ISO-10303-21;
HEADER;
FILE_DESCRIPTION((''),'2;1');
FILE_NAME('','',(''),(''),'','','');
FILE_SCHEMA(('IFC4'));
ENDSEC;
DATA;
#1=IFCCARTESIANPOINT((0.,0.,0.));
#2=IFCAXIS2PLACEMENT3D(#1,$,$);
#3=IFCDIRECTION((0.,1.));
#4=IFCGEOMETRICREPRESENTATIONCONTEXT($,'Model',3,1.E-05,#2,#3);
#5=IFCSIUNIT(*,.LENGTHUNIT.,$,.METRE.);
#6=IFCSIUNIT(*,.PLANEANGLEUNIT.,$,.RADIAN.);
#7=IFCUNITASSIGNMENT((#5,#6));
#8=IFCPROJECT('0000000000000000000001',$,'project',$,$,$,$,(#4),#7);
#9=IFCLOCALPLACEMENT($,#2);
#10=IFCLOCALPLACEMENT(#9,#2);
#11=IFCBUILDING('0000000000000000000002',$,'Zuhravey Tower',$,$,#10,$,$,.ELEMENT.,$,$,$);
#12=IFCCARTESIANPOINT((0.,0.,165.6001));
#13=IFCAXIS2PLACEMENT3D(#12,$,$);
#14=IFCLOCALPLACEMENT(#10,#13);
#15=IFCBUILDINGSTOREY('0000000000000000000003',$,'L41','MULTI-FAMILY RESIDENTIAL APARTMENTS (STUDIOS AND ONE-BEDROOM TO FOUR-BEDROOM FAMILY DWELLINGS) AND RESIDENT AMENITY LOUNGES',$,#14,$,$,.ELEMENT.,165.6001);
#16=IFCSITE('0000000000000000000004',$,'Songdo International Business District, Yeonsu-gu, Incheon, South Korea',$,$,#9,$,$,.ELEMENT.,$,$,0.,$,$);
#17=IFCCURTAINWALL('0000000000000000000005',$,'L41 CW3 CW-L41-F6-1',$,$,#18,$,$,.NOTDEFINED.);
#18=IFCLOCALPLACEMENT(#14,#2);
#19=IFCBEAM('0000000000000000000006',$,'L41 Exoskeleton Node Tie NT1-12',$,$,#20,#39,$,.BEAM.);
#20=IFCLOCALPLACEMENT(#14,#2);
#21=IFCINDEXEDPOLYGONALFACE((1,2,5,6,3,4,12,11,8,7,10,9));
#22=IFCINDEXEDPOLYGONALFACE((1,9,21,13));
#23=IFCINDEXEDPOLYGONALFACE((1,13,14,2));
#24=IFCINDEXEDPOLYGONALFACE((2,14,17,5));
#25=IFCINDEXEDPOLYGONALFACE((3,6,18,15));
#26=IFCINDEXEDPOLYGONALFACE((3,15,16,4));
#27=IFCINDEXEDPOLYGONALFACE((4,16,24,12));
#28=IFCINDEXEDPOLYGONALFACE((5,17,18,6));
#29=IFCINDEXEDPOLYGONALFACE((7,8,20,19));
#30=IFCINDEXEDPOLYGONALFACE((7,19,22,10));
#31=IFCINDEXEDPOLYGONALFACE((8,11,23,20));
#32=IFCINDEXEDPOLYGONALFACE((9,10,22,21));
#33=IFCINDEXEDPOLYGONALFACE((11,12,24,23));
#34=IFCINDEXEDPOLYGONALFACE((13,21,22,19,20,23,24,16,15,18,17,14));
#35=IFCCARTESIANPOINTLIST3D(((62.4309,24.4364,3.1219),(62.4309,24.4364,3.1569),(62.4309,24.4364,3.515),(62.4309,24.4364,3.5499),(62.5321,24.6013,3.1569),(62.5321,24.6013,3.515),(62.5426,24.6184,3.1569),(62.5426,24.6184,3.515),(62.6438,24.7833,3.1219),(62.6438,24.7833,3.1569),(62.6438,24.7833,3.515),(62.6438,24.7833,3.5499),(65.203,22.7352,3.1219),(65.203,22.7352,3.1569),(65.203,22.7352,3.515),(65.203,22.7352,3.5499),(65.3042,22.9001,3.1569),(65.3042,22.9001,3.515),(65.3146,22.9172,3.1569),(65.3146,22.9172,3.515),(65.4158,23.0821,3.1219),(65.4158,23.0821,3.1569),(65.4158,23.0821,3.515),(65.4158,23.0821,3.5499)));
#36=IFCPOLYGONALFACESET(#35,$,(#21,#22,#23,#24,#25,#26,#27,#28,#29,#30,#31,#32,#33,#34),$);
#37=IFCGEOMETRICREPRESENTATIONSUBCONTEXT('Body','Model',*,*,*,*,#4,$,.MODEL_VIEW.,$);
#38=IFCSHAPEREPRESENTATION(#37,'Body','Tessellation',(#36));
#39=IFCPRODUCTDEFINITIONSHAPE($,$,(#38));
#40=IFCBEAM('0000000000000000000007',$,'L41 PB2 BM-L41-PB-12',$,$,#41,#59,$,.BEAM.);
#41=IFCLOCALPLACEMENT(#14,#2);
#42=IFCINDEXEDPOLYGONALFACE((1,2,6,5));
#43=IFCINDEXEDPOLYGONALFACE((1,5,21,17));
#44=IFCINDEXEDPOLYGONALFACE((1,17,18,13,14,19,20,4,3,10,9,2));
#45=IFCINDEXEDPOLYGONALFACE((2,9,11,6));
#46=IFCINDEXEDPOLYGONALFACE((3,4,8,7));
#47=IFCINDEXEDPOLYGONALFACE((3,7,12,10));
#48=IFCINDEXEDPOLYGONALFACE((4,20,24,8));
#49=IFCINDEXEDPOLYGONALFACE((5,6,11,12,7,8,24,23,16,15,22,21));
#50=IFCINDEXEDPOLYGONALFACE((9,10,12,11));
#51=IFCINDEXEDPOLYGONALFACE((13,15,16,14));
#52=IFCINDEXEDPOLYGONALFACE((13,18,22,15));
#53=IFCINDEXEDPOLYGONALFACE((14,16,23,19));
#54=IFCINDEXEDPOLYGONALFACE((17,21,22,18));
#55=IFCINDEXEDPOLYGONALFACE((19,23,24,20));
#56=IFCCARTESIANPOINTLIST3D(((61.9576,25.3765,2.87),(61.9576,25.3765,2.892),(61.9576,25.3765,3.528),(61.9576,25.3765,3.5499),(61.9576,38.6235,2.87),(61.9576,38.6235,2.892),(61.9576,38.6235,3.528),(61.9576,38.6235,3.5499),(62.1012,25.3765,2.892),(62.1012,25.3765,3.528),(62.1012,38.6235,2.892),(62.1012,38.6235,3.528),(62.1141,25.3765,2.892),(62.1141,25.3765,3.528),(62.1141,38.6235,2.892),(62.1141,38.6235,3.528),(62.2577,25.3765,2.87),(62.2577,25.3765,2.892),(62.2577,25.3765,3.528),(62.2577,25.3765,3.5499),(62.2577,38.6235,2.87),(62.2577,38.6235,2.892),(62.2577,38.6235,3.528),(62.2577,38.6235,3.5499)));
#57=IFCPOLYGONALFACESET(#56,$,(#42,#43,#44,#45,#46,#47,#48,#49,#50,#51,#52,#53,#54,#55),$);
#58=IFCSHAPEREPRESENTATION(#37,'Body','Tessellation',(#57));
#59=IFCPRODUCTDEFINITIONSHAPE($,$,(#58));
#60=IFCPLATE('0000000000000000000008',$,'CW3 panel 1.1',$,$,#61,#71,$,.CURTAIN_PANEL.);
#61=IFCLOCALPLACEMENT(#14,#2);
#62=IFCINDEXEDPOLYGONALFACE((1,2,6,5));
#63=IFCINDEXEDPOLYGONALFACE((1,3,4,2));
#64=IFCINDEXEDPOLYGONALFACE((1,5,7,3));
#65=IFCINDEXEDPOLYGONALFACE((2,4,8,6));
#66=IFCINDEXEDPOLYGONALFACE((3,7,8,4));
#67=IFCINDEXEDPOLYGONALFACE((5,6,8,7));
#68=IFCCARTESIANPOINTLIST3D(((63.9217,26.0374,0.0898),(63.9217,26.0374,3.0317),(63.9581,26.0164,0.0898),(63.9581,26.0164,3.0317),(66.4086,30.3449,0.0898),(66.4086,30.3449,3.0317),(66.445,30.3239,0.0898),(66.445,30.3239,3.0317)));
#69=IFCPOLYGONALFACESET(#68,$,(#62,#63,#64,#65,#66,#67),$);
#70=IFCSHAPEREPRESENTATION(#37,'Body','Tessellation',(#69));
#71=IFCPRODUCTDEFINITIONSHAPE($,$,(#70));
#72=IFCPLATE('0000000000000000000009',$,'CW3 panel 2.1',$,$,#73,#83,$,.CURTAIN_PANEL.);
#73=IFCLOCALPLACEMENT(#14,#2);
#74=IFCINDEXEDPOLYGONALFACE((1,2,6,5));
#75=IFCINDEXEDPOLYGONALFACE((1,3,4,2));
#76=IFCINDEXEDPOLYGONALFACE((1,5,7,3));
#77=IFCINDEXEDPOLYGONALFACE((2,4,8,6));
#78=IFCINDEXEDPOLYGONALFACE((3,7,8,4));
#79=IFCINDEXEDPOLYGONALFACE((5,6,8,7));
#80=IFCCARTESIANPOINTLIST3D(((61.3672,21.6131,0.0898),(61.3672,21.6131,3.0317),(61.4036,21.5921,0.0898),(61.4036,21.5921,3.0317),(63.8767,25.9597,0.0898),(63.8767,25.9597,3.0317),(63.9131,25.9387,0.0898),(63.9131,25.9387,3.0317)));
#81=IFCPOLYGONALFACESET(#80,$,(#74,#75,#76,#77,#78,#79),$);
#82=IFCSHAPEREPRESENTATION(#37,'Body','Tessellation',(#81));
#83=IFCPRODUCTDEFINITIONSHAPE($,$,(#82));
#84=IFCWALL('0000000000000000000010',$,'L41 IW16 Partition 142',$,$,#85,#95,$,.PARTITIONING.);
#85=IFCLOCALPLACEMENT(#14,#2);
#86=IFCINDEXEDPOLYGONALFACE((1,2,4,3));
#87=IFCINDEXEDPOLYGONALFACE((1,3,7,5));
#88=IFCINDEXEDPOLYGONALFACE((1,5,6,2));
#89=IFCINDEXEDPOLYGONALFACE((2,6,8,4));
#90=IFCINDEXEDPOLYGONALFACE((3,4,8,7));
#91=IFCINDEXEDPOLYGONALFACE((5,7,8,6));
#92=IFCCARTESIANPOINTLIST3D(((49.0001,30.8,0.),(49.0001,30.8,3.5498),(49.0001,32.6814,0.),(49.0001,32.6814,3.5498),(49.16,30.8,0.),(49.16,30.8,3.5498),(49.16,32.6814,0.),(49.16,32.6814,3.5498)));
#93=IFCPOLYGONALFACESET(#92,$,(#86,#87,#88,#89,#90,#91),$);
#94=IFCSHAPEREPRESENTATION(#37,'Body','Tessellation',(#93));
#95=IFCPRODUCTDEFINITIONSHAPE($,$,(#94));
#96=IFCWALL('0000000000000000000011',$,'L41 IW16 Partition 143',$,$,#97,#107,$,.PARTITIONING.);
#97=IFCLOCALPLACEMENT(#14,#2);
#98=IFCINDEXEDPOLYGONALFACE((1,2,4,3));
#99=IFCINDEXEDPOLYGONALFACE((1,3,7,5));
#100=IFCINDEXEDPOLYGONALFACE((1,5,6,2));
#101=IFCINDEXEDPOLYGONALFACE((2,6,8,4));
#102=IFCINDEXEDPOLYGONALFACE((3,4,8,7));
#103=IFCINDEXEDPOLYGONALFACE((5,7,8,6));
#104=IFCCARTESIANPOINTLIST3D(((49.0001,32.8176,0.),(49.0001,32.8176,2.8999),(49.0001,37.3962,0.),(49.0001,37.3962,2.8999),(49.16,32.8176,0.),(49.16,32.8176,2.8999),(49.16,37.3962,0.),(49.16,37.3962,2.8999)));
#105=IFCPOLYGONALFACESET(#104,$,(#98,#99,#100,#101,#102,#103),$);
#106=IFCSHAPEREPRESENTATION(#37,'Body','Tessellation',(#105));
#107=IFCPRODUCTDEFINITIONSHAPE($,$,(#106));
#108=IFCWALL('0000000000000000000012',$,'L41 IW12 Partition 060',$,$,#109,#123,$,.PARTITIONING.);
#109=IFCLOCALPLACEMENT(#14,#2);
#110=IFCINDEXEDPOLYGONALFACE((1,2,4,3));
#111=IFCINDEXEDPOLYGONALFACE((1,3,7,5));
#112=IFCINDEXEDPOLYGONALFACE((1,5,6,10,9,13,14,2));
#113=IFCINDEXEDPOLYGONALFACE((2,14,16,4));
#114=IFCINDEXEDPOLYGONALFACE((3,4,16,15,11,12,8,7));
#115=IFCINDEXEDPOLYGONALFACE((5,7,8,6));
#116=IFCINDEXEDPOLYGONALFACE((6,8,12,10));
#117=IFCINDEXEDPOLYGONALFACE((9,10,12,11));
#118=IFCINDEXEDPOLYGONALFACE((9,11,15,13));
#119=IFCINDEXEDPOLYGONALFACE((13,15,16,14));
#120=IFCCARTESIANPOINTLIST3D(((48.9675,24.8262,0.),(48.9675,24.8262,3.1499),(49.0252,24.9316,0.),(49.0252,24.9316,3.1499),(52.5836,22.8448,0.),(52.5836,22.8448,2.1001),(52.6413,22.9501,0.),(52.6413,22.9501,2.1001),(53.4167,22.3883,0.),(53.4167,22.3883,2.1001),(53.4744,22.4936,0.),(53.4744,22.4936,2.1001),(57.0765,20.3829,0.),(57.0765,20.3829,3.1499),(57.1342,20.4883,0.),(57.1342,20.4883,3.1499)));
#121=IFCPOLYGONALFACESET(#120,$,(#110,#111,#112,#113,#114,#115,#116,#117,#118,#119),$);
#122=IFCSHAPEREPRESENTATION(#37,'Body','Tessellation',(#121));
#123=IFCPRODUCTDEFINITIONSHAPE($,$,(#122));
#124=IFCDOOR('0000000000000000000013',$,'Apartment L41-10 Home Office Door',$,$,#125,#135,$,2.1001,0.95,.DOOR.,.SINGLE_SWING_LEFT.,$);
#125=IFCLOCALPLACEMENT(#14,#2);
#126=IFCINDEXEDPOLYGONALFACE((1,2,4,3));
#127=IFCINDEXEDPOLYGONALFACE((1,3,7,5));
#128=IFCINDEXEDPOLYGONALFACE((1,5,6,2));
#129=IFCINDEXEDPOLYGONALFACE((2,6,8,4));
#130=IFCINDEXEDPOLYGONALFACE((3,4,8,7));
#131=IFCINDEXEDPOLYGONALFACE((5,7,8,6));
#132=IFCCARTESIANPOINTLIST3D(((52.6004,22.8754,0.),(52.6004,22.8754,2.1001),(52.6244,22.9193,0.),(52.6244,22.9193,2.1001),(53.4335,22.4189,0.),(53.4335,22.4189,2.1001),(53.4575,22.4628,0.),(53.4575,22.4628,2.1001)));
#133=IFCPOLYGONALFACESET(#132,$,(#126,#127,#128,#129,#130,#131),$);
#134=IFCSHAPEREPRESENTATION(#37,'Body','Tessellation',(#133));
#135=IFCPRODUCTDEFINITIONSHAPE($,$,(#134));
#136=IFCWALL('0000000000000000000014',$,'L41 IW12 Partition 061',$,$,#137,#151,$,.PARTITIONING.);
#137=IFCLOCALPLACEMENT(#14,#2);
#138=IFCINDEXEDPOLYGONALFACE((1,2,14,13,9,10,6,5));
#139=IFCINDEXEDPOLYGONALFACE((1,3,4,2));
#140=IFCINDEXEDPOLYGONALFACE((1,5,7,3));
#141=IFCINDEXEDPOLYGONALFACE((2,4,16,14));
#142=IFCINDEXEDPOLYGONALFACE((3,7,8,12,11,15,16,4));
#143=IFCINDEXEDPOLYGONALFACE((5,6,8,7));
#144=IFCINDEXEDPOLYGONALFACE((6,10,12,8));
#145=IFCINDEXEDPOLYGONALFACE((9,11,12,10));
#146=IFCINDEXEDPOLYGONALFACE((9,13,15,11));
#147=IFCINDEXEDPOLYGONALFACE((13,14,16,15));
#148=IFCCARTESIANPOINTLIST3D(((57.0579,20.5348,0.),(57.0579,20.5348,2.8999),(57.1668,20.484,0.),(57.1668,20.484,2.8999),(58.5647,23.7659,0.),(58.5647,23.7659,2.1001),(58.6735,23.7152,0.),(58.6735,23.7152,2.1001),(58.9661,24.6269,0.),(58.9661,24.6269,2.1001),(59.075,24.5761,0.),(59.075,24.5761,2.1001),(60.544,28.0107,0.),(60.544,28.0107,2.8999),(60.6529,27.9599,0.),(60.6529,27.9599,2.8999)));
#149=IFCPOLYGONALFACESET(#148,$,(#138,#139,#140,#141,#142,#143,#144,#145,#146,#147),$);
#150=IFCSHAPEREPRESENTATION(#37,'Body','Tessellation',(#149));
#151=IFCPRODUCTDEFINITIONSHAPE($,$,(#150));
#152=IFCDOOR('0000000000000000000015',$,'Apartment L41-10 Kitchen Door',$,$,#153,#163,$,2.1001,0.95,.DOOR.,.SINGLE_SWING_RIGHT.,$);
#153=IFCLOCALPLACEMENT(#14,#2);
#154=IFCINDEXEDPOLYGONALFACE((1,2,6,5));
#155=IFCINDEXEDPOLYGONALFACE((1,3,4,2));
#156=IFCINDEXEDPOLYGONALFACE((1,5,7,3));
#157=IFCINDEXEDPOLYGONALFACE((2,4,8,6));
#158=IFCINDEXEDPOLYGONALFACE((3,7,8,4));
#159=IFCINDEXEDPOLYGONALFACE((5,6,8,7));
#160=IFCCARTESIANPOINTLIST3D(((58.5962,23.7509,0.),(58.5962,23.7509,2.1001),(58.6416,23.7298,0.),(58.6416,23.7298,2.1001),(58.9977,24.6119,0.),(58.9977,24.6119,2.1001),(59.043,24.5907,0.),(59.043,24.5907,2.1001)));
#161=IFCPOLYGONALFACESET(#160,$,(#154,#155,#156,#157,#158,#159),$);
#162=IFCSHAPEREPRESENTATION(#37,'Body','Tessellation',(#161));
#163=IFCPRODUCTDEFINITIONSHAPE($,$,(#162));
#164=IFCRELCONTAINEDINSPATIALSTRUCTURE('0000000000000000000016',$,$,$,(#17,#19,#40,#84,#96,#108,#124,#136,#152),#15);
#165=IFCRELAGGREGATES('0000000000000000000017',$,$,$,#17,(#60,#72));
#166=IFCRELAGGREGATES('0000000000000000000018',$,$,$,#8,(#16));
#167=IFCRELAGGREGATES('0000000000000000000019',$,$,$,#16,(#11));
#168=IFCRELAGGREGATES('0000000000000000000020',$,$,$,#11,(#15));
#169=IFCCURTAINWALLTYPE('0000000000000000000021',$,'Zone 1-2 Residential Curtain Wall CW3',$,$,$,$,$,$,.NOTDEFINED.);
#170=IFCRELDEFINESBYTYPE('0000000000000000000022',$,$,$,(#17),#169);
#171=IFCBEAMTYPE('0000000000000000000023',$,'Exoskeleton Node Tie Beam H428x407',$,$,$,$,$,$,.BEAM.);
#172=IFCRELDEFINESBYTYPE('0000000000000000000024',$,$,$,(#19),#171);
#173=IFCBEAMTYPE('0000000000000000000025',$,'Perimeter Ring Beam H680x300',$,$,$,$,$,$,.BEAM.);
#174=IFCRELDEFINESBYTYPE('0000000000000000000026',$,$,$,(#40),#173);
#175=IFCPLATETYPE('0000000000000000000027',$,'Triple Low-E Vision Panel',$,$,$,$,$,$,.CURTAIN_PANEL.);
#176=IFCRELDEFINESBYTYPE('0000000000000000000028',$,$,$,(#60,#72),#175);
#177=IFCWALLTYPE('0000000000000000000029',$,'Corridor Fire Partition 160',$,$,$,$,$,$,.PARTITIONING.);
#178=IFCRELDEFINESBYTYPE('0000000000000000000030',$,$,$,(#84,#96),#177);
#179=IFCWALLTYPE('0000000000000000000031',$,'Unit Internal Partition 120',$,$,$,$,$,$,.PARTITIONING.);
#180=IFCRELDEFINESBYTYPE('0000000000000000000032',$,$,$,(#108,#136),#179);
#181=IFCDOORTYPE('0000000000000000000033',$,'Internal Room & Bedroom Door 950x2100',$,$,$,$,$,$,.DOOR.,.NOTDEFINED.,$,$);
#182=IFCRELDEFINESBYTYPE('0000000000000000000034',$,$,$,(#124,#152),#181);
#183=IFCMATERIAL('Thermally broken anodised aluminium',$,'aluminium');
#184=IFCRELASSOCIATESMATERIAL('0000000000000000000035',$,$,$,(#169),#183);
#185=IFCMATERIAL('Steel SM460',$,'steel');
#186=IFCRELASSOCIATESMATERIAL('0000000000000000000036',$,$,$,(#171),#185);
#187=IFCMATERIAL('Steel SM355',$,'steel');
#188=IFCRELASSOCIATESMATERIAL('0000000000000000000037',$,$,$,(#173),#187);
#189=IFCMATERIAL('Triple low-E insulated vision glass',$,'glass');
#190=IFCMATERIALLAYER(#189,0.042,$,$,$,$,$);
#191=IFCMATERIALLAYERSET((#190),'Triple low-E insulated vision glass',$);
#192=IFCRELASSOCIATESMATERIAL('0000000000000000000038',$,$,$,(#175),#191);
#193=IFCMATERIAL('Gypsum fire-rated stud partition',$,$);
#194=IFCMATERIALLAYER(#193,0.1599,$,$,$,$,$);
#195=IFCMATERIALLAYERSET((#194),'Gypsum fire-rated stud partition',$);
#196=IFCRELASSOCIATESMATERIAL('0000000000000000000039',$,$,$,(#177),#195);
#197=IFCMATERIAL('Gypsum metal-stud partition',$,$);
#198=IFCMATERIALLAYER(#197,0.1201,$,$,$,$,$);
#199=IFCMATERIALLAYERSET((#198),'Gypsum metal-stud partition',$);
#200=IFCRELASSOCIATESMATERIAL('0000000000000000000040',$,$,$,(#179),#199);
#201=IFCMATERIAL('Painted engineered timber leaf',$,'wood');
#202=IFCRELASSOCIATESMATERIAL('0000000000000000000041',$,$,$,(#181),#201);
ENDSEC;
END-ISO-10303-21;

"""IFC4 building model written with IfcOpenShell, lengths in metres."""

from ifc_helpers import new_model, si_unit, direction, frame, frame_2d, origin, origin_2d, place, context, subcontext, project, spatial, rectangle, i_section, extrude, material, layer, layer_set, material_profile, profile_set, type_object, element, fill, aggregate, save


model = new_model("IFC4")

# Units and contexts
model_context = context("Model", 3, precision=1e-05, world=origin(), true_north=direction((0.0, 1.0)))
body_context = subcontext(model_context, "Body", "Model", "MODEL_VIEW")
ifc_project = project(units=[si_unit("LENGTHUNIT", "METRE"), si_unit("PLANEANGLEUNIT", "RADIAN")], contexts=[model_context])

# Site, building, storey
site_placement = place(None, origin())
site = spatial("IfcSite", under=ifc_project, at=site_placement, Name="Songdo International Business District, Yeonsu-gu, Incheon, South Korea", CompositionType="ELEMENT", RefElevation=0.0)
building_placement = place(site_placement, origin())
building = spatial("IfcBuilding", under=site, at=building_placement, Name="Zuhravey Tower", CompositionType="ELEMENT")
storey_placement = place(building_placement, frame((0.0, 0.0, 165.6001)))
storey = spatial("IfcBuildingStorey", under=building, at=storey_placement, Name="L41", Description="MULTI-FAMILY RESIDENTIAL APARTMENTS (STUDIOS AND ONE-BEDROOM TO FOUR-BEDROOM FAMILY DWELLINGS) AND RESIDENT AMENITY LOUNGES", CompositionType="ELEMENT", Elevation=165.6001)

# Curtain wall
ifc_material_1 = material(Name="Thermally broken anodised aluminium", Category="aluminium")
curtain_wall_type = type_object("IfcCurtainWallType", Name="Zone 1-2 Residential Curtain Wall CW3", PredefinedType="NOTDEFINED", material=ifc_material_1)
curtain_wall_placement = place(storey_placement, origin())
curtain_wall = element("IfcCurtainWall", 1, at=curtain_wall_placement, inside=storey, type_object=curtain_wall_type, Name="L41 CW3 CW-L41-F6-1", PredefinedType="NOTDEFINED")

# Beams
ifc_material_2 = material(Name="Steel SM460", Category="steel")
ifc_material_profile_1 = material_profile(ifc_material_2, i_section(OverallWidth=0.407, OverallDepth=0.428, WebThickness=0.02, FlangeThickness=0.0349, at=origin_2d()), Name="H-428x407x20x35")
ifc_profile_set_1 = profile_set([ifc_material_profile_1], Name="Steel SM460")
beam_type_1 = type_object("IfcBeamType", Name="Exoskeleton Node Tie Beam H428x407", PredefinedType="BEAM", material=ifc_profile_set_1)
beam_1_placement = place(storey_placement, frame((62.5374, 24.6099, 3.3359), z_axis=(0.852297, -0.523058, 0.0), x_axis=(0.523058, 0.852297, 0.0)))
element("IfcBeam", 2, at=beam_1_placement, inside=storey, type_object=beam_type_1, Name="L41 Exoskeleton Node Tie NT1-12", PredefinedType="BEAM", context=body_context, shape_type="SweptSolid", body=[
    extrude(i_section(OverallWidth=0.407, OverallDepth=0.428, WebThickness=0.02, FlangeThickness=0.0349, at=origin_2d()), origin(), (0.0, 0.0, 1.0), 3.2524),
])
ifc_material_3 = material(Name="Steel SM355", Category="steel")
ifc_material_profile_2 = material_profile(ifc_material_3, i_section(OverallWidth=0.3, OverallDepth=0.6799, WebThickness=0.0129, FlangeThickness=0.022, at=origin_2d()), Name="H-680x300x13x22")
ifc_profile_set_2 = profile_set([ifc_material_profile_2], Name="Steel SM355")
beam_type_2 = type_object("IfcBeamType", Name="Perimeter Ring Beam H680x300", PredefinedType="BEAM", material=ifc_profile_set_2)
beam_2_placement = place(storey_placement, frame((62.1077, 25.3765, 3.21), z_axis=(0.0, 1.0, 0.0), x_axis=(-1.0, 0.0, 0.0)))
element("IfcBeam", 3, at=beam_2_placement, inside=storey, type_object=beam_type_2, Name="L41 PB2 BM-L41-PB-12", PredefinedType="BEAM", context=body_context, shape_type="SweptSolid", body=[
    extrude(i_section(OverallWidth=0.3, OverallDepth=0.6799, WebThickness=0.0129, FlangeThickness=0.022, at=origin_2d()), origin(), (0.0, 0.0, 1.0), 13.2471),
])

# Plates
ifc_material_4 = material(Name="Triple low-E insulated vision glass", Category="glass")
ifc_layer_1 = layer(ifc_material_4, 0.042)
ifc_layer_set_1 = layer_set([ifc_layer_1], Name="Triple low-E insulated vision glass")
plate_type = type_object("IfcPlateType", Name="Triple Low-E Vision Panel", PredefinedType="CURTAIN_PANEL", material=ifc_layer_set_1)
plate_1_placement = place(storey_placement, frame((65.1833, 28.1807, 0.0898), z_axis=(0.0, 0.0, 1.0), x_axis=(-0.5, -0.866025, 0.0)))
plate_1 = element("IfcPlate", 4, at=plate_1_placement, type_object=plate_type, Name="CW3 panel 1.1", PredefinedType="CURTAIN_PANEL", context=body_context, shape_type="SweptSolid", body=[
    extrude(rectangle(XDim=4.9739, YDim=0.042, at=origin_2d()), origin(), (0.0, 0.0, 1.0), 2.9419),
])
plate_2_placement = place(storey_placement, frame((62.6401, 23.7759, 0.0898), z_axis=(0.0, 0.0, 1.0), x_axis=(-0.5, -0.866025, 0.0)))
plate_2 = element("IfcPlate", 5, at=plate_2_placement, type_object=plate_type, Name="CW3 panel 2.1", PredefinedType="CURTAIN_PANEL", context=body_context, shape_type="SweptSolid", body=[
    extrude(rectangle(XDim=5.019, YDim=0.042, at=origin_2d()), origin(), (0.0, 0.0, 1.0), 2.9419),
])
aggregate(curtain_wall, [plate_1, plate_2])

# Shared definitions
ifc_material_5 = material(Name="Gypsum fire-rated stud partition")
ifc_layer_2 = layer(ifc_material_5, 0.1599)
ifc_layer_set_2 = layer_set([ifc_layer_2], Name="Gypsum fire-rated stud partition")
wall_type_1 = type_object("IfcWallType", Name="Corridor Fire Partition 160", PredefinedType="PARTITIONING", material=ifc_layer_set_2)

# Walls
wall_1_placement = place(storey_placement, frame((49.0801, 30.8, 0.0), z_axis=(0.0, 0.0, 1.0), x_axis=(0.0, 1.0, 0.0)))
element("IfcWall", 6, at=wall_1_placement, inside=storey, type_object=wall_type_1, Name="L41 IW16 Partition 142", PredefinedType="PARTITIONING", context=body_context, shape_type="SweptSolid", body=[
    extrude(rectangle(XDim=1.8813, YDim=0.1599, at=frame_2d((0.9407, 0.0))), origin(), (0.0, 0.0, 1.0), 3.5498),
])
wall_2_placement = place(storey_placement, frame((49.0801, 32.8176, 0.0), z_axis=(0.0, 0.0, 1.0), x_axis=(0.0, 1.0, 0.0)))
element("IfcWall", 7, at=wall_2_placement, inside=storey, type_object=wall_type_1, Name="L41 IW16 Partition 143", PredefinedType="PARTITIONING", context=body_context, shape_type="SweptSolid", body=[
    extrude(rectangle(XDim=4.5786, YDim=0.1599, at=frame_2d((2.2893, 0.0))), origin(), (0.0, 0.0, 1.0), 2.8999),
])

# Walls, openings, doors
ifc_material_6 = material(Name="Gypsum metal-stud partition")
ifc_layer_3 = layer(ifc_material_6, 0.1201)
ifc_layer_set_3 = layer_set([ifc_layer_3], Name="Gypsum metal-stud partition")
wall_type_2 = type_object("IfcWallType", Name="Unit Internal Partition 120", PredefinedType="PARTITIONING", material=ifc_layer_set_3)
wall_3_placement = place(storey_placement, frame((48.9963, 24.8789, 0.0), z_axis=(0.0, 0.0, 1.0), x_axis=(0.876976, -0.480535, 0.0)))
wall_3 = element("IfcWall", 8, at=wall_3_placement, inside=storey, type_object=wall_type_2, Name="L41 IW12 Partition 060", PredefinedType="PARTITIONING", context=body_context, shape_type="SweptSolid", body=[
    extrude(rectangle(XDim=9.2466, YDim=0.1201, at=frame_2d((4.6233, 0.0))), origin(), (0.0, 0.0, 1.0), 3.1499),
])
opening_1_placement = place(wall_3_placement, frame((4.1233, 0.0, 0.0)))
opening_1 = element("IfcOpeningElement", 9, at=opening_1_placement, cuts=wall_3, PredefinedType="OPENING", context=body_context, shape_type="SweptSolid", body=[
    extrude(rectangle(XDim=0.95, YDim=2.1001, at=frame_2d((0.4751, 1.05))), frame((0.0, 0.072, 0.0), z_axis=(0.0, -1.0, 0.0), x_axis=(1.0, 0.0, 0.0)), (0.0, 0.0, 1.0), 0.144),
])
ifc_material_7 = material(Name="Painted engineered timber leaf", Category="wood")
door_type_1 = type_object("IfcDoorType", Name="Internal Room & Bedroom Door 950x2100", OperationType="NOTDEFINED", PredefinedType="DOOR", material=ifc_material_7)
door_1_placement = place(opening_1_placement, origin())
door_1 = element("IfcDoor", 10, at=door_1_placement, inside=storey, type_object=door_type_1, Name="Apartment L41-10 Home Office Door", OperationType="SINGLE_SWING_LEFT", OverallHeight=2.1001, OverallWidth=0.95, PredefinedType="DOOR", context=body_context, shape_type="SweptSolid", body=[
    extrude(rectangle(XDim=0.95, YDim=2.1001, at=frame_2d((0.4751, 1.05))), frame((0.0, 0.0249, 0.0), z_axis=(0.0, -1.0, 0.0), x_axis=(1.0, 0.0, 0.0)), (0.0, 0.0, 1.0), 0.05),
])
fill(opening_1, door_1)
wall_4_placement = place(storey_placement, frame((57.1123, 20.5093, 0.0), z_axis=(0.0, 0.0, 1.0), x_axis=(0.422623, 0.906306, 0.0)))
wall_4 = element("IfcWall", 11, at=wall_4_placement, inside=storey, type_object=wall_type_2, Name="L41 IW12 Partition 061", PredefinedType="PARTITIONING", context=body_context, shape_type="SweptSolid", body=[
    extrude(rectangle(XDim=8.2488, YDim=0.1201, at=frame_2d((4.1245, 0.0))), origin(), (0.0, 0.0, 1.0), 2.8999),
])
opening_2_placement = place(wall_4_placement, frame((3.5652, 0.0, 0.0)))
opening_2 = element("IfcOpeningElement", 12, at=opening_2_placement, cuts=wall_4, PredefinedType="OPENING", context=body_context, shape_type="SweptSolid", body=[
    extrude(rectangle(XDim=0.95, YDim=2.1001, at=frame_2d((0.4751, 1.05))), frame((0.0, 0.072, 0.0), z_axis=(0.0, -1.0, 0.0), x_axis=(1.0, 0.0, 0.0)), (0.0, 0.0, 1.0), 0.144),
])
door_2_placement = place(opening_2_placement, frame((0.95, 0.0, 0.0), z_axis=(0.0, 0.0, 1.0), x_axis=(-1.0, 0.0, 0.0)))
door_2 = element("IfcDoor", 13, at=door_2_placement, inside=storey, type_object=door_type_1, Name="Apartment L41-10 Kitchen Door", OperationType="SINGLE_SWING_RIGHT", OverallHeight=2.1001, OverallWidth=0.95, PredefinedType="DOOR", context=body_context, shape_type="SweptSolid", body=[
    extrude(rectangle(XDim=0.95, YDim=2.1001, at=frame_2d((0.4751, 1.05))), frame((0.0, 0.0249, 0.0), z_axis=(0.0, -1.0, 0.0), x_axis=(1.0, 0.0, 0.0)), (0.0, 0.0, 1.0), 0.05),
])
fill(opening_2, door_2)

save(model, "model.ifc")
